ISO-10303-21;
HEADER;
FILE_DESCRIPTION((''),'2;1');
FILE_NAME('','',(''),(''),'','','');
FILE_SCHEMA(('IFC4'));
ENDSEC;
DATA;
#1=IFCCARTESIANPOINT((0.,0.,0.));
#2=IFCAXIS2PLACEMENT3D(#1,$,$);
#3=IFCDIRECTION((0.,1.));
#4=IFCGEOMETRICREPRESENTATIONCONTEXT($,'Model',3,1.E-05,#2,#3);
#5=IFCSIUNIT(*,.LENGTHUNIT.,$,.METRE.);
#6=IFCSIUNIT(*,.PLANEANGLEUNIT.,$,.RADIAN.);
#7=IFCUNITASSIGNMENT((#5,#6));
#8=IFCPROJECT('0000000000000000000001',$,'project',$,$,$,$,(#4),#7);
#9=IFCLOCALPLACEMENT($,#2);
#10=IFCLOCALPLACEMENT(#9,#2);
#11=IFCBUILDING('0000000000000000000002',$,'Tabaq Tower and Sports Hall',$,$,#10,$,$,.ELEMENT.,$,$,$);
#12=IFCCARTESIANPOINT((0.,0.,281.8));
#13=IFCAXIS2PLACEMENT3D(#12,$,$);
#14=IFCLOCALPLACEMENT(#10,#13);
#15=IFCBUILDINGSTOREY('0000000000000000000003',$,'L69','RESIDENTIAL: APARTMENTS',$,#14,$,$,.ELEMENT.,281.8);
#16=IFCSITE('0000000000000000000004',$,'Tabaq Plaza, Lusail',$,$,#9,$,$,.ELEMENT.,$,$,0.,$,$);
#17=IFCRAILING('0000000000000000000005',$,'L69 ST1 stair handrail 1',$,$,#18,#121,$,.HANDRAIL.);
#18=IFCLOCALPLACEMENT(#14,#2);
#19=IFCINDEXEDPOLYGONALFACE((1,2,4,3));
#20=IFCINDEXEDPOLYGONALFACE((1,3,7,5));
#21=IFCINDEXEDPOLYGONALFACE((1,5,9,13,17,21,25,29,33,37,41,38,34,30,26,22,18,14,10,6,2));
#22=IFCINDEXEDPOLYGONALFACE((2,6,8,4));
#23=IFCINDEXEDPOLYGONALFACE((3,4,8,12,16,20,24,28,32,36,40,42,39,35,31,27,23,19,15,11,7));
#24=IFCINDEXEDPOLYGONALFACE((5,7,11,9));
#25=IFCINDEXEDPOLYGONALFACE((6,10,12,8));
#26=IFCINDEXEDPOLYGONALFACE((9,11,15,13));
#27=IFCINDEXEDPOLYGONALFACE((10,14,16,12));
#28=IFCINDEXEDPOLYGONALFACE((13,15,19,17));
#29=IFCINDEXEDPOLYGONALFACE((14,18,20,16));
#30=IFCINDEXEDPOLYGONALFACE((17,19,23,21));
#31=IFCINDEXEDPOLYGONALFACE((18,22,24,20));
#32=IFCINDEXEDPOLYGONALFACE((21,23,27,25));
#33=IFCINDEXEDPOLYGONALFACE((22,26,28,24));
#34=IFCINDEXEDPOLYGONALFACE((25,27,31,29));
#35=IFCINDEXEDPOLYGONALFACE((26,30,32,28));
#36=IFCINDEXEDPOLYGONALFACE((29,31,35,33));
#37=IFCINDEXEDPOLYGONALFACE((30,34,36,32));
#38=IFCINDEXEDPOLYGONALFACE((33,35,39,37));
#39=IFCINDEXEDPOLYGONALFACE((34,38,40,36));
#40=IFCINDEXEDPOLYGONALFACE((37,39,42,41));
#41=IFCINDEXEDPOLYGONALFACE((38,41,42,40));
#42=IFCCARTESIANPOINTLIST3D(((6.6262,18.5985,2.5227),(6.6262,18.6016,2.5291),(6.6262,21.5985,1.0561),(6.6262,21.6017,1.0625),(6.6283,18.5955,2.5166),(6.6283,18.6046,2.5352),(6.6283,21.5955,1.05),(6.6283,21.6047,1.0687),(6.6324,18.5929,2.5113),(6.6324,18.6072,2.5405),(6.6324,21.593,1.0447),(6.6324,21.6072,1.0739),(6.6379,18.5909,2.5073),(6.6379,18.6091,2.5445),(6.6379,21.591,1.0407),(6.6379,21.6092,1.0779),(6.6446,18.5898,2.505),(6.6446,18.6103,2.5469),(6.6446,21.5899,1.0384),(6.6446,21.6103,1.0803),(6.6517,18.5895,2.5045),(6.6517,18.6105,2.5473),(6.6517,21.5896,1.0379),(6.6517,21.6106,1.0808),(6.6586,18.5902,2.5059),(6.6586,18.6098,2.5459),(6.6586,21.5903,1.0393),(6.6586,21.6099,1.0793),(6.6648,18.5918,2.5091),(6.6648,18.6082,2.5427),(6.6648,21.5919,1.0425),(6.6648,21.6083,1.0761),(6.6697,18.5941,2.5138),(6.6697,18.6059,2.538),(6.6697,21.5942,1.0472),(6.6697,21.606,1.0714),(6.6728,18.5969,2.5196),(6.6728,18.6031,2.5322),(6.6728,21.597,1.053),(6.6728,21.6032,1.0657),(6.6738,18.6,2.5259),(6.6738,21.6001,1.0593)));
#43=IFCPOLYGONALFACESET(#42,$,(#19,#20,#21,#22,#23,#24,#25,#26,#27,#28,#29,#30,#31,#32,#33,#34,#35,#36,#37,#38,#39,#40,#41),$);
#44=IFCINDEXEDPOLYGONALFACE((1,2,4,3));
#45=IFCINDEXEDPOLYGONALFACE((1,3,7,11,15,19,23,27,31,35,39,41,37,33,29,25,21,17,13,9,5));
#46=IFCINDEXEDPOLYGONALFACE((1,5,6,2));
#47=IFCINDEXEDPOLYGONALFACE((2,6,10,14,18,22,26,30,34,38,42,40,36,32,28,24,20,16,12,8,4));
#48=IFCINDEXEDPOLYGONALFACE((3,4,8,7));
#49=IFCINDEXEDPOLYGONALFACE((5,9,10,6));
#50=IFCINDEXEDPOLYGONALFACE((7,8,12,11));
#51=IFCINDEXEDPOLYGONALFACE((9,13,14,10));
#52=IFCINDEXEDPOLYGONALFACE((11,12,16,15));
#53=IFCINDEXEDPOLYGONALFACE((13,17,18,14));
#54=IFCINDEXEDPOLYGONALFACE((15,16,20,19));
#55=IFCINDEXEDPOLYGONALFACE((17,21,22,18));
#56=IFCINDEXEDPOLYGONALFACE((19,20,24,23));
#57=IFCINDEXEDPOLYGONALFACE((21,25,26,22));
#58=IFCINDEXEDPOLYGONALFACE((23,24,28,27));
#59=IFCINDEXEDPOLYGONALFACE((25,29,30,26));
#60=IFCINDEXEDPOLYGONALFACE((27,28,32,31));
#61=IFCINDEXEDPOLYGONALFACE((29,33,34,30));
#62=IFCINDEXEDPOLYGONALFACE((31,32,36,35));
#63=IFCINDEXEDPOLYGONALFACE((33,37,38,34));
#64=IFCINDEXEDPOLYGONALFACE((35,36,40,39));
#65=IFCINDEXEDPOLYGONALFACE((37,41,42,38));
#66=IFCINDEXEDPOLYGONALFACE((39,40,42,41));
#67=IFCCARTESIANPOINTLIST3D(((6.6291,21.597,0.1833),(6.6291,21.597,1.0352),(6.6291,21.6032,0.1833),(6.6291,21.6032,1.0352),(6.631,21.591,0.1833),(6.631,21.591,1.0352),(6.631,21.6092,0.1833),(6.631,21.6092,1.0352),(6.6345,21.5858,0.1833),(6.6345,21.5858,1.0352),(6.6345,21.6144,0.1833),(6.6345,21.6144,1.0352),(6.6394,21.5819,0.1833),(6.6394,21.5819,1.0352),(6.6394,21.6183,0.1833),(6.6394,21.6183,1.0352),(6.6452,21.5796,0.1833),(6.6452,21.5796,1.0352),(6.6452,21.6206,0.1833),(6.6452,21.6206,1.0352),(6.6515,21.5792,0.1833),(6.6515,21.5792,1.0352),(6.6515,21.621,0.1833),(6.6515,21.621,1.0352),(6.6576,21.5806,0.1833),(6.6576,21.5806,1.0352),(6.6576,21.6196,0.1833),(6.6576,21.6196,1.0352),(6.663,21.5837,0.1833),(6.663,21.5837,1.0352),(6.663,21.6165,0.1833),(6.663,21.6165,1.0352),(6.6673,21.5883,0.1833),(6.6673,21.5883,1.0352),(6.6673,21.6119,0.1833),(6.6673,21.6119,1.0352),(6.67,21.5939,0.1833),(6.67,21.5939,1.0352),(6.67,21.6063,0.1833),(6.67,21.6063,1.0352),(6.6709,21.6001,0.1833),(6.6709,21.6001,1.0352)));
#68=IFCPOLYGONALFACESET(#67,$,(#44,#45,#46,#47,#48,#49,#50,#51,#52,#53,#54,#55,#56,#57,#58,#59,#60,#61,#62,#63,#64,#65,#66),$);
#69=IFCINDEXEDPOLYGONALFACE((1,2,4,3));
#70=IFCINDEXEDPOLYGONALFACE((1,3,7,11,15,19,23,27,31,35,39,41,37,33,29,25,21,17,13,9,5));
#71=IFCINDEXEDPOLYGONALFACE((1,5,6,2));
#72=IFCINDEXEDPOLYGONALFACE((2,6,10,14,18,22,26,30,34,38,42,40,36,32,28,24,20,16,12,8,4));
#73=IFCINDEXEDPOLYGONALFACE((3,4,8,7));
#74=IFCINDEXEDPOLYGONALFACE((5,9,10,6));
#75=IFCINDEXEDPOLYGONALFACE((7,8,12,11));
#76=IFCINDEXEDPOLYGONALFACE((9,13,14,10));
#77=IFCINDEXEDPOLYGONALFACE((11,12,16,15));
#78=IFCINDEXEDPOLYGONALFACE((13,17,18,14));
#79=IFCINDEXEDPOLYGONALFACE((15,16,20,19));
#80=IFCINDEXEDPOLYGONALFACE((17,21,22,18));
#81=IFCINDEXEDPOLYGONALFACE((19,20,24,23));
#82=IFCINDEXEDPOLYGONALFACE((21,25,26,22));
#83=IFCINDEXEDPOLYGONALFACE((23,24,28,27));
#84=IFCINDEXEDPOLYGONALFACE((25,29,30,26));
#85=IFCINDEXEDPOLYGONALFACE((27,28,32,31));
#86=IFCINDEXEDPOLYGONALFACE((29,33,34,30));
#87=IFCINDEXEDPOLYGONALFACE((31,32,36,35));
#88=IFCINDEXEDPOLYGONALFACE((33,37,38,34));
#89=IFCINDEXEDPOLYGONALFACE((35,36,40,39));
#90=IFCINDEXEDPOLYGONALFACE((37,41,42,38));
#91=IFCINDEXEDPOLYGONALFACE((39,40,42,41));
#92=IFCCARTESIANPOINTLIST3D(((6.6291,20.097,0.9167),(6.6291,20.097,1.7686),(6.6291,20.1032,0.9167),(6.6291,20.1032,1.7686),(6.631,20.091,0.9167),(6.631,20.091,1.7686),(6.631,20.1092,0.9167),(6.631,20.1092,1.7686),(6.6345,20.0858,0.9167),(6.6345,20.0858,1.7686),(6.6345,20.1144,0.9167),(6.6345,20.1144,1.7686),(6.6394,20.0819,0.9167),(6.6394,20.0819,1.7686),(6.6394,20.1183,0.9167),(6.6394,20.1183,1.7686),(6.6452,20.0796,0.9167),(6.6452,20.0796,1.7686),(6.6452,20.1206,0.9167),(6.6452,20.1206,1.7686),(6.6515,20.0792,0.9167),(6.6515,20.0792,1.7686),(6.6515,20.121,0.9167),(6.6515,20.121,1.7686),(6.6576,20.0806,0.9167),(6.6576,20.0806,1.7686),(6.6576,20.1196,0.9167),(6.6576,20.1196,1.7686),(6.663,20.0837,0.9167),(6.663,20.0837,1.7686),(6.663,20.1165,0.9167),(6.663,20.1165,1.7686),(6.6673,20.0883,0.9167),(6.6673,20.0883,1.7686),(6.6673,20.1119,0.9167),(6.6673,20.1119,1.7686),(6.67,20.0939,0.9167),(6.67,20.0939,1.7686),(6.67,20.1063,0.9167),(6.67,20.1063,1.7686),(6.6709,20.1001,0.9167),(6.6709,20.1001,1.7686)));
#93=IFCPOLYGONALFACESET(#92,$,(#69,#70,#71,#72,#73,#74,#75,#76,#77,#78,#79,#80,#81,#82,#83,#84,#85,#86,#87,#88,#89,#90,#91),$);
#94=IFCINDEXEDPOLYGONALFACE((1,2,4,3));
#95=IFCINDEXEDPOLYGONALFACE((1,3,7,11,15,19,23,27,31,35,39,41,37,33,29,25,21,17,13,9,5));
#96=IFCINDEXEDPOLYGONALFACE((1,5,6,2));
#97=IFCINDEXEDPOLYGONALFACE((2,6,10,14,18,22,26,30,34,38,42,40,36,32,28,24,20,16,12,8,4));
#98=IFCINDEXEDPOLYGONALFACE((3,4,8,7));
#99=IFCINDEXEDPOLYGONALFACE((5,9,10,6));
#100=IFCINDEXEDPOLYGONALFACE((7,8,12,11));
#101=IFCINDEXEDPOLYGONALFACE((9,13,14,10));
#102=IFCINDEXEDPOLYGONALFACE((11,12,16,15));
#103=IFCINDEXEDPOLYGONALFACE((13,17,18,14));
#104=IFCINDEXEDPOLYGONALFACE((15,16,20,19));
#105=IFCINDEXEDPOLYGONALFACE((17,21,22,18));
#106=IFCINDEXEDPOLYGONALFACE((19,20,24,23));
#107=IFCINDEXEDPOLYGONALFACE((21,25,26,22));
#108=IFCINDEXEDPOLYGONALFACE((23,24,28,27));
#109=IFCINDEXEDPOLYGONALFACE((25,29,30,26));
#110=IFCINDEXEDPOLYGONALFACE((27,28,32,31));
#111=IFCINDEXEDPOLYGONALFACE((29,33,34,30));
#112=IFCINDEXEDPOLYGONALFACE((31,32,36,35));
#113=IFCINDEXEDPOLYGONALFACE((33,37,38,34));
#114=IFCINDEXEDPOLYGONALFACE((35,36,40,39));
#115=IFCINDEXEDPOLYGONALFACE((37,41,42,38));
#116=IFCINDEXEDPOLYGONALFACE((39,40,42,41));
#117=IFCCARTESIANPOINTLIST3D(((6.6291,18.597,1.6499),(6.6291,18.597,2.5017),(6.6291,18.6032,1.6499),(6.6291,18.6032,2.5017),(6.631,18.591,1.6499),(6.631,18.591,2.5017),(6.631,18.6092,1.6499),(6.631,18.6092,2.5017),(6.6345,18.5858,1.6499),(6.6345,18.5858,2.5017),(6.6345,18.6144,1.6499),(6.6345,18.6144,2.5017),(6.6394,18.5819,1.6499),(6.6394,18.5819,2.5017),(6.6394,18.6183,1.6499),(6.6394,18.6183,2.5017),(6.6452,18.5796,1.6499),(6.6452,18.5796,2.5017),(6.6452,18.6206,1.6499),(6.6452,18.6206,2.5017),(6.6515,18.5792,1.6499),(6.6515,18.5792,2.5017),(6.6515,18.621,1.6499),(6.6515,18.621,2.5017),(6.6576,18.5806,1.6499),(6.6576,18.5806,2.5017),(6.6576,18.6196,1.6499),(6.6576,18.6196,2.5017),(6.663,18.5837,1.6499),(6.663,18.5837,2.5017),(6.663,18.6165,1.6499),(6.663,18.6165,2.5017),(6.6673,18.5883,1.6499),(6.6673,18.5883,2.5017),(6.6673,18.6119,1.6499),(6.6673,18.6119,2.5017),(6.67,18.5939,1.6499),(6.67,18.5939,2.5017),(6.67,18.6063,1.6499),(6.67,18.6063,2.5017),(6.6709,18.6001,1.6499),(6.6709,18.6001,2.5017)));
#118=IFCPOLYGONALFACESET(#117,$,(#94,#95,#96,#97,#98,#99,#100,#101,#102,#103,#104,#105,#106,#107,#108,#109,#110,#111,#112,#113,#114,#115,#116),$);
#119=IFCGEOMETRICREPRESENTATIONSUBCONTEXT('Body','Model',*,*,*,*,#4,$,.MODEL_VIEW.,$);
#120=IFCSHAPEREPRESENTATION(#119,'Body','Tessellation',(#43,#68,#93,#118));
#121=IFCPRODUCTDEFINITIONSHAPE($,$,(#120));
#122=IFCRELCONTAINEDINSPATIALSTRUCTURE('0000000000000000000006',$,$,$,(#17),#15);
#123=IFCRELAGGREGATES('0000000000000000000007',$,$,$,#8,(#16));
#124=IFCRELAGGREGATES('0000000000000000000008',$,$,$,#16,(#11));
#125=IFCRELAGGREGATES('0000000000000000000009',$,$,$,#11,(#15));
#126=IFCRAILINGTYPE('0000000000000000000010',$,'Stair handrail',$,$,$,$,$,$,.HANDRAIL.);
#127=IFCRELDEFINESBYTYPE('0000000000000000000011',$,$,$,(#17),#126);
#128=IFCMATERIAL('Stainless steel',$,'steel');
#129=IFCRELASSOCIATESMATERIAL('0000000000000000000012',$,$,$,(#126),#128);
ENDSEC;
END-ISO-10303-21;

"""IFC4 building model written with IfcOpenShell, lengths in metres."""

from ifc_helpers import new_model, si_unit, direction, frame, origin, origin_2d, place, context, subcontext, project, spatial, circle, extrude, material, type_object, element, save


model = new_model("IFC4")

# Units and contexts
model_context = context("Model", 3, precision=1e-05, world=origin(), true_north=direction((0.0, 1.0)))
body_context = subcontext(model_context, "Body", "Model", "MODEL_VIEW")
ifc_project = project(units=[si_unit("LENGTHUNIT", "METRE"), si_unit("PLANEANGLEUNIT", "RADIAN")], contexts=[model_context])

# Site, building, storey
site_placement = place(None, origin())
site = spatial("IfcSite", under=ifc_project, at=site_placement, Name="Tabaq Plaza, Lusail", CompositionType="ELEMENT", RefElevation=0.0)
building_placement = place(site_placement, origin())
building = spatial("IfcBuilding", under=site, at=building_placement, Name="Tabaq Tower and Sports Hall", CompositionType="ELEMENT")
storey_placement = place(building_placement, frame((0.0, 0.0, 281.8)))
storey = spatial("IfcBuildingStorey", under=building, at=storey_placement, Name="L69", Description="RESIDENTIAL: APARTMENTS", CompositionType="ELEMENT", Elevation=281.8)

# Railing
ifc_material_1 = material(Name="Stainless steel", Category="steel")
railing_type = type_object("IfcRailingType", Name="Stair handrail", PredefinedType="HANDRAIL", material=ifc_material_1)
railing_1_placement = place(storey_placement, frame((6.6499, 21.6001, 0.1833)))
element("IfcRailing", 1, at=railing_1_placement, inside=storey, type_object=railing_type, Name="L69 ST1 stair handrail 1", PredefinedType="HANDRAIL", context=body_context, shape_type="SweptSolid", body=[
    extrude(circle(Radius=0.0239, at=origin_2d()), frame((0.0, 0.0, 0.876), z_axis=(0.0, -0.898398, 0.439183), x_axis=(1.0, 0.0, 0.0)), (0.0, 0.0, 1.0), 3.3394),
    extrude(circle(Radius=0.021, at=origin_2d()), origin(), (0.0, 0.0, 1.0), 0.8518),
    extrude(circle(Radius=0.021, at=origin_2d()), frame((0.0, -1.5, 0.7334)), (0.0, 0.0, 1.0), 0.8518),
    extrude(circle(Radius=0.021, at=origin_2d()), frame((0.0, -3.0, 1.4666)), (0.0, 0.0, 1.0), 0.8518),
])

save(model, "model.ifc")
